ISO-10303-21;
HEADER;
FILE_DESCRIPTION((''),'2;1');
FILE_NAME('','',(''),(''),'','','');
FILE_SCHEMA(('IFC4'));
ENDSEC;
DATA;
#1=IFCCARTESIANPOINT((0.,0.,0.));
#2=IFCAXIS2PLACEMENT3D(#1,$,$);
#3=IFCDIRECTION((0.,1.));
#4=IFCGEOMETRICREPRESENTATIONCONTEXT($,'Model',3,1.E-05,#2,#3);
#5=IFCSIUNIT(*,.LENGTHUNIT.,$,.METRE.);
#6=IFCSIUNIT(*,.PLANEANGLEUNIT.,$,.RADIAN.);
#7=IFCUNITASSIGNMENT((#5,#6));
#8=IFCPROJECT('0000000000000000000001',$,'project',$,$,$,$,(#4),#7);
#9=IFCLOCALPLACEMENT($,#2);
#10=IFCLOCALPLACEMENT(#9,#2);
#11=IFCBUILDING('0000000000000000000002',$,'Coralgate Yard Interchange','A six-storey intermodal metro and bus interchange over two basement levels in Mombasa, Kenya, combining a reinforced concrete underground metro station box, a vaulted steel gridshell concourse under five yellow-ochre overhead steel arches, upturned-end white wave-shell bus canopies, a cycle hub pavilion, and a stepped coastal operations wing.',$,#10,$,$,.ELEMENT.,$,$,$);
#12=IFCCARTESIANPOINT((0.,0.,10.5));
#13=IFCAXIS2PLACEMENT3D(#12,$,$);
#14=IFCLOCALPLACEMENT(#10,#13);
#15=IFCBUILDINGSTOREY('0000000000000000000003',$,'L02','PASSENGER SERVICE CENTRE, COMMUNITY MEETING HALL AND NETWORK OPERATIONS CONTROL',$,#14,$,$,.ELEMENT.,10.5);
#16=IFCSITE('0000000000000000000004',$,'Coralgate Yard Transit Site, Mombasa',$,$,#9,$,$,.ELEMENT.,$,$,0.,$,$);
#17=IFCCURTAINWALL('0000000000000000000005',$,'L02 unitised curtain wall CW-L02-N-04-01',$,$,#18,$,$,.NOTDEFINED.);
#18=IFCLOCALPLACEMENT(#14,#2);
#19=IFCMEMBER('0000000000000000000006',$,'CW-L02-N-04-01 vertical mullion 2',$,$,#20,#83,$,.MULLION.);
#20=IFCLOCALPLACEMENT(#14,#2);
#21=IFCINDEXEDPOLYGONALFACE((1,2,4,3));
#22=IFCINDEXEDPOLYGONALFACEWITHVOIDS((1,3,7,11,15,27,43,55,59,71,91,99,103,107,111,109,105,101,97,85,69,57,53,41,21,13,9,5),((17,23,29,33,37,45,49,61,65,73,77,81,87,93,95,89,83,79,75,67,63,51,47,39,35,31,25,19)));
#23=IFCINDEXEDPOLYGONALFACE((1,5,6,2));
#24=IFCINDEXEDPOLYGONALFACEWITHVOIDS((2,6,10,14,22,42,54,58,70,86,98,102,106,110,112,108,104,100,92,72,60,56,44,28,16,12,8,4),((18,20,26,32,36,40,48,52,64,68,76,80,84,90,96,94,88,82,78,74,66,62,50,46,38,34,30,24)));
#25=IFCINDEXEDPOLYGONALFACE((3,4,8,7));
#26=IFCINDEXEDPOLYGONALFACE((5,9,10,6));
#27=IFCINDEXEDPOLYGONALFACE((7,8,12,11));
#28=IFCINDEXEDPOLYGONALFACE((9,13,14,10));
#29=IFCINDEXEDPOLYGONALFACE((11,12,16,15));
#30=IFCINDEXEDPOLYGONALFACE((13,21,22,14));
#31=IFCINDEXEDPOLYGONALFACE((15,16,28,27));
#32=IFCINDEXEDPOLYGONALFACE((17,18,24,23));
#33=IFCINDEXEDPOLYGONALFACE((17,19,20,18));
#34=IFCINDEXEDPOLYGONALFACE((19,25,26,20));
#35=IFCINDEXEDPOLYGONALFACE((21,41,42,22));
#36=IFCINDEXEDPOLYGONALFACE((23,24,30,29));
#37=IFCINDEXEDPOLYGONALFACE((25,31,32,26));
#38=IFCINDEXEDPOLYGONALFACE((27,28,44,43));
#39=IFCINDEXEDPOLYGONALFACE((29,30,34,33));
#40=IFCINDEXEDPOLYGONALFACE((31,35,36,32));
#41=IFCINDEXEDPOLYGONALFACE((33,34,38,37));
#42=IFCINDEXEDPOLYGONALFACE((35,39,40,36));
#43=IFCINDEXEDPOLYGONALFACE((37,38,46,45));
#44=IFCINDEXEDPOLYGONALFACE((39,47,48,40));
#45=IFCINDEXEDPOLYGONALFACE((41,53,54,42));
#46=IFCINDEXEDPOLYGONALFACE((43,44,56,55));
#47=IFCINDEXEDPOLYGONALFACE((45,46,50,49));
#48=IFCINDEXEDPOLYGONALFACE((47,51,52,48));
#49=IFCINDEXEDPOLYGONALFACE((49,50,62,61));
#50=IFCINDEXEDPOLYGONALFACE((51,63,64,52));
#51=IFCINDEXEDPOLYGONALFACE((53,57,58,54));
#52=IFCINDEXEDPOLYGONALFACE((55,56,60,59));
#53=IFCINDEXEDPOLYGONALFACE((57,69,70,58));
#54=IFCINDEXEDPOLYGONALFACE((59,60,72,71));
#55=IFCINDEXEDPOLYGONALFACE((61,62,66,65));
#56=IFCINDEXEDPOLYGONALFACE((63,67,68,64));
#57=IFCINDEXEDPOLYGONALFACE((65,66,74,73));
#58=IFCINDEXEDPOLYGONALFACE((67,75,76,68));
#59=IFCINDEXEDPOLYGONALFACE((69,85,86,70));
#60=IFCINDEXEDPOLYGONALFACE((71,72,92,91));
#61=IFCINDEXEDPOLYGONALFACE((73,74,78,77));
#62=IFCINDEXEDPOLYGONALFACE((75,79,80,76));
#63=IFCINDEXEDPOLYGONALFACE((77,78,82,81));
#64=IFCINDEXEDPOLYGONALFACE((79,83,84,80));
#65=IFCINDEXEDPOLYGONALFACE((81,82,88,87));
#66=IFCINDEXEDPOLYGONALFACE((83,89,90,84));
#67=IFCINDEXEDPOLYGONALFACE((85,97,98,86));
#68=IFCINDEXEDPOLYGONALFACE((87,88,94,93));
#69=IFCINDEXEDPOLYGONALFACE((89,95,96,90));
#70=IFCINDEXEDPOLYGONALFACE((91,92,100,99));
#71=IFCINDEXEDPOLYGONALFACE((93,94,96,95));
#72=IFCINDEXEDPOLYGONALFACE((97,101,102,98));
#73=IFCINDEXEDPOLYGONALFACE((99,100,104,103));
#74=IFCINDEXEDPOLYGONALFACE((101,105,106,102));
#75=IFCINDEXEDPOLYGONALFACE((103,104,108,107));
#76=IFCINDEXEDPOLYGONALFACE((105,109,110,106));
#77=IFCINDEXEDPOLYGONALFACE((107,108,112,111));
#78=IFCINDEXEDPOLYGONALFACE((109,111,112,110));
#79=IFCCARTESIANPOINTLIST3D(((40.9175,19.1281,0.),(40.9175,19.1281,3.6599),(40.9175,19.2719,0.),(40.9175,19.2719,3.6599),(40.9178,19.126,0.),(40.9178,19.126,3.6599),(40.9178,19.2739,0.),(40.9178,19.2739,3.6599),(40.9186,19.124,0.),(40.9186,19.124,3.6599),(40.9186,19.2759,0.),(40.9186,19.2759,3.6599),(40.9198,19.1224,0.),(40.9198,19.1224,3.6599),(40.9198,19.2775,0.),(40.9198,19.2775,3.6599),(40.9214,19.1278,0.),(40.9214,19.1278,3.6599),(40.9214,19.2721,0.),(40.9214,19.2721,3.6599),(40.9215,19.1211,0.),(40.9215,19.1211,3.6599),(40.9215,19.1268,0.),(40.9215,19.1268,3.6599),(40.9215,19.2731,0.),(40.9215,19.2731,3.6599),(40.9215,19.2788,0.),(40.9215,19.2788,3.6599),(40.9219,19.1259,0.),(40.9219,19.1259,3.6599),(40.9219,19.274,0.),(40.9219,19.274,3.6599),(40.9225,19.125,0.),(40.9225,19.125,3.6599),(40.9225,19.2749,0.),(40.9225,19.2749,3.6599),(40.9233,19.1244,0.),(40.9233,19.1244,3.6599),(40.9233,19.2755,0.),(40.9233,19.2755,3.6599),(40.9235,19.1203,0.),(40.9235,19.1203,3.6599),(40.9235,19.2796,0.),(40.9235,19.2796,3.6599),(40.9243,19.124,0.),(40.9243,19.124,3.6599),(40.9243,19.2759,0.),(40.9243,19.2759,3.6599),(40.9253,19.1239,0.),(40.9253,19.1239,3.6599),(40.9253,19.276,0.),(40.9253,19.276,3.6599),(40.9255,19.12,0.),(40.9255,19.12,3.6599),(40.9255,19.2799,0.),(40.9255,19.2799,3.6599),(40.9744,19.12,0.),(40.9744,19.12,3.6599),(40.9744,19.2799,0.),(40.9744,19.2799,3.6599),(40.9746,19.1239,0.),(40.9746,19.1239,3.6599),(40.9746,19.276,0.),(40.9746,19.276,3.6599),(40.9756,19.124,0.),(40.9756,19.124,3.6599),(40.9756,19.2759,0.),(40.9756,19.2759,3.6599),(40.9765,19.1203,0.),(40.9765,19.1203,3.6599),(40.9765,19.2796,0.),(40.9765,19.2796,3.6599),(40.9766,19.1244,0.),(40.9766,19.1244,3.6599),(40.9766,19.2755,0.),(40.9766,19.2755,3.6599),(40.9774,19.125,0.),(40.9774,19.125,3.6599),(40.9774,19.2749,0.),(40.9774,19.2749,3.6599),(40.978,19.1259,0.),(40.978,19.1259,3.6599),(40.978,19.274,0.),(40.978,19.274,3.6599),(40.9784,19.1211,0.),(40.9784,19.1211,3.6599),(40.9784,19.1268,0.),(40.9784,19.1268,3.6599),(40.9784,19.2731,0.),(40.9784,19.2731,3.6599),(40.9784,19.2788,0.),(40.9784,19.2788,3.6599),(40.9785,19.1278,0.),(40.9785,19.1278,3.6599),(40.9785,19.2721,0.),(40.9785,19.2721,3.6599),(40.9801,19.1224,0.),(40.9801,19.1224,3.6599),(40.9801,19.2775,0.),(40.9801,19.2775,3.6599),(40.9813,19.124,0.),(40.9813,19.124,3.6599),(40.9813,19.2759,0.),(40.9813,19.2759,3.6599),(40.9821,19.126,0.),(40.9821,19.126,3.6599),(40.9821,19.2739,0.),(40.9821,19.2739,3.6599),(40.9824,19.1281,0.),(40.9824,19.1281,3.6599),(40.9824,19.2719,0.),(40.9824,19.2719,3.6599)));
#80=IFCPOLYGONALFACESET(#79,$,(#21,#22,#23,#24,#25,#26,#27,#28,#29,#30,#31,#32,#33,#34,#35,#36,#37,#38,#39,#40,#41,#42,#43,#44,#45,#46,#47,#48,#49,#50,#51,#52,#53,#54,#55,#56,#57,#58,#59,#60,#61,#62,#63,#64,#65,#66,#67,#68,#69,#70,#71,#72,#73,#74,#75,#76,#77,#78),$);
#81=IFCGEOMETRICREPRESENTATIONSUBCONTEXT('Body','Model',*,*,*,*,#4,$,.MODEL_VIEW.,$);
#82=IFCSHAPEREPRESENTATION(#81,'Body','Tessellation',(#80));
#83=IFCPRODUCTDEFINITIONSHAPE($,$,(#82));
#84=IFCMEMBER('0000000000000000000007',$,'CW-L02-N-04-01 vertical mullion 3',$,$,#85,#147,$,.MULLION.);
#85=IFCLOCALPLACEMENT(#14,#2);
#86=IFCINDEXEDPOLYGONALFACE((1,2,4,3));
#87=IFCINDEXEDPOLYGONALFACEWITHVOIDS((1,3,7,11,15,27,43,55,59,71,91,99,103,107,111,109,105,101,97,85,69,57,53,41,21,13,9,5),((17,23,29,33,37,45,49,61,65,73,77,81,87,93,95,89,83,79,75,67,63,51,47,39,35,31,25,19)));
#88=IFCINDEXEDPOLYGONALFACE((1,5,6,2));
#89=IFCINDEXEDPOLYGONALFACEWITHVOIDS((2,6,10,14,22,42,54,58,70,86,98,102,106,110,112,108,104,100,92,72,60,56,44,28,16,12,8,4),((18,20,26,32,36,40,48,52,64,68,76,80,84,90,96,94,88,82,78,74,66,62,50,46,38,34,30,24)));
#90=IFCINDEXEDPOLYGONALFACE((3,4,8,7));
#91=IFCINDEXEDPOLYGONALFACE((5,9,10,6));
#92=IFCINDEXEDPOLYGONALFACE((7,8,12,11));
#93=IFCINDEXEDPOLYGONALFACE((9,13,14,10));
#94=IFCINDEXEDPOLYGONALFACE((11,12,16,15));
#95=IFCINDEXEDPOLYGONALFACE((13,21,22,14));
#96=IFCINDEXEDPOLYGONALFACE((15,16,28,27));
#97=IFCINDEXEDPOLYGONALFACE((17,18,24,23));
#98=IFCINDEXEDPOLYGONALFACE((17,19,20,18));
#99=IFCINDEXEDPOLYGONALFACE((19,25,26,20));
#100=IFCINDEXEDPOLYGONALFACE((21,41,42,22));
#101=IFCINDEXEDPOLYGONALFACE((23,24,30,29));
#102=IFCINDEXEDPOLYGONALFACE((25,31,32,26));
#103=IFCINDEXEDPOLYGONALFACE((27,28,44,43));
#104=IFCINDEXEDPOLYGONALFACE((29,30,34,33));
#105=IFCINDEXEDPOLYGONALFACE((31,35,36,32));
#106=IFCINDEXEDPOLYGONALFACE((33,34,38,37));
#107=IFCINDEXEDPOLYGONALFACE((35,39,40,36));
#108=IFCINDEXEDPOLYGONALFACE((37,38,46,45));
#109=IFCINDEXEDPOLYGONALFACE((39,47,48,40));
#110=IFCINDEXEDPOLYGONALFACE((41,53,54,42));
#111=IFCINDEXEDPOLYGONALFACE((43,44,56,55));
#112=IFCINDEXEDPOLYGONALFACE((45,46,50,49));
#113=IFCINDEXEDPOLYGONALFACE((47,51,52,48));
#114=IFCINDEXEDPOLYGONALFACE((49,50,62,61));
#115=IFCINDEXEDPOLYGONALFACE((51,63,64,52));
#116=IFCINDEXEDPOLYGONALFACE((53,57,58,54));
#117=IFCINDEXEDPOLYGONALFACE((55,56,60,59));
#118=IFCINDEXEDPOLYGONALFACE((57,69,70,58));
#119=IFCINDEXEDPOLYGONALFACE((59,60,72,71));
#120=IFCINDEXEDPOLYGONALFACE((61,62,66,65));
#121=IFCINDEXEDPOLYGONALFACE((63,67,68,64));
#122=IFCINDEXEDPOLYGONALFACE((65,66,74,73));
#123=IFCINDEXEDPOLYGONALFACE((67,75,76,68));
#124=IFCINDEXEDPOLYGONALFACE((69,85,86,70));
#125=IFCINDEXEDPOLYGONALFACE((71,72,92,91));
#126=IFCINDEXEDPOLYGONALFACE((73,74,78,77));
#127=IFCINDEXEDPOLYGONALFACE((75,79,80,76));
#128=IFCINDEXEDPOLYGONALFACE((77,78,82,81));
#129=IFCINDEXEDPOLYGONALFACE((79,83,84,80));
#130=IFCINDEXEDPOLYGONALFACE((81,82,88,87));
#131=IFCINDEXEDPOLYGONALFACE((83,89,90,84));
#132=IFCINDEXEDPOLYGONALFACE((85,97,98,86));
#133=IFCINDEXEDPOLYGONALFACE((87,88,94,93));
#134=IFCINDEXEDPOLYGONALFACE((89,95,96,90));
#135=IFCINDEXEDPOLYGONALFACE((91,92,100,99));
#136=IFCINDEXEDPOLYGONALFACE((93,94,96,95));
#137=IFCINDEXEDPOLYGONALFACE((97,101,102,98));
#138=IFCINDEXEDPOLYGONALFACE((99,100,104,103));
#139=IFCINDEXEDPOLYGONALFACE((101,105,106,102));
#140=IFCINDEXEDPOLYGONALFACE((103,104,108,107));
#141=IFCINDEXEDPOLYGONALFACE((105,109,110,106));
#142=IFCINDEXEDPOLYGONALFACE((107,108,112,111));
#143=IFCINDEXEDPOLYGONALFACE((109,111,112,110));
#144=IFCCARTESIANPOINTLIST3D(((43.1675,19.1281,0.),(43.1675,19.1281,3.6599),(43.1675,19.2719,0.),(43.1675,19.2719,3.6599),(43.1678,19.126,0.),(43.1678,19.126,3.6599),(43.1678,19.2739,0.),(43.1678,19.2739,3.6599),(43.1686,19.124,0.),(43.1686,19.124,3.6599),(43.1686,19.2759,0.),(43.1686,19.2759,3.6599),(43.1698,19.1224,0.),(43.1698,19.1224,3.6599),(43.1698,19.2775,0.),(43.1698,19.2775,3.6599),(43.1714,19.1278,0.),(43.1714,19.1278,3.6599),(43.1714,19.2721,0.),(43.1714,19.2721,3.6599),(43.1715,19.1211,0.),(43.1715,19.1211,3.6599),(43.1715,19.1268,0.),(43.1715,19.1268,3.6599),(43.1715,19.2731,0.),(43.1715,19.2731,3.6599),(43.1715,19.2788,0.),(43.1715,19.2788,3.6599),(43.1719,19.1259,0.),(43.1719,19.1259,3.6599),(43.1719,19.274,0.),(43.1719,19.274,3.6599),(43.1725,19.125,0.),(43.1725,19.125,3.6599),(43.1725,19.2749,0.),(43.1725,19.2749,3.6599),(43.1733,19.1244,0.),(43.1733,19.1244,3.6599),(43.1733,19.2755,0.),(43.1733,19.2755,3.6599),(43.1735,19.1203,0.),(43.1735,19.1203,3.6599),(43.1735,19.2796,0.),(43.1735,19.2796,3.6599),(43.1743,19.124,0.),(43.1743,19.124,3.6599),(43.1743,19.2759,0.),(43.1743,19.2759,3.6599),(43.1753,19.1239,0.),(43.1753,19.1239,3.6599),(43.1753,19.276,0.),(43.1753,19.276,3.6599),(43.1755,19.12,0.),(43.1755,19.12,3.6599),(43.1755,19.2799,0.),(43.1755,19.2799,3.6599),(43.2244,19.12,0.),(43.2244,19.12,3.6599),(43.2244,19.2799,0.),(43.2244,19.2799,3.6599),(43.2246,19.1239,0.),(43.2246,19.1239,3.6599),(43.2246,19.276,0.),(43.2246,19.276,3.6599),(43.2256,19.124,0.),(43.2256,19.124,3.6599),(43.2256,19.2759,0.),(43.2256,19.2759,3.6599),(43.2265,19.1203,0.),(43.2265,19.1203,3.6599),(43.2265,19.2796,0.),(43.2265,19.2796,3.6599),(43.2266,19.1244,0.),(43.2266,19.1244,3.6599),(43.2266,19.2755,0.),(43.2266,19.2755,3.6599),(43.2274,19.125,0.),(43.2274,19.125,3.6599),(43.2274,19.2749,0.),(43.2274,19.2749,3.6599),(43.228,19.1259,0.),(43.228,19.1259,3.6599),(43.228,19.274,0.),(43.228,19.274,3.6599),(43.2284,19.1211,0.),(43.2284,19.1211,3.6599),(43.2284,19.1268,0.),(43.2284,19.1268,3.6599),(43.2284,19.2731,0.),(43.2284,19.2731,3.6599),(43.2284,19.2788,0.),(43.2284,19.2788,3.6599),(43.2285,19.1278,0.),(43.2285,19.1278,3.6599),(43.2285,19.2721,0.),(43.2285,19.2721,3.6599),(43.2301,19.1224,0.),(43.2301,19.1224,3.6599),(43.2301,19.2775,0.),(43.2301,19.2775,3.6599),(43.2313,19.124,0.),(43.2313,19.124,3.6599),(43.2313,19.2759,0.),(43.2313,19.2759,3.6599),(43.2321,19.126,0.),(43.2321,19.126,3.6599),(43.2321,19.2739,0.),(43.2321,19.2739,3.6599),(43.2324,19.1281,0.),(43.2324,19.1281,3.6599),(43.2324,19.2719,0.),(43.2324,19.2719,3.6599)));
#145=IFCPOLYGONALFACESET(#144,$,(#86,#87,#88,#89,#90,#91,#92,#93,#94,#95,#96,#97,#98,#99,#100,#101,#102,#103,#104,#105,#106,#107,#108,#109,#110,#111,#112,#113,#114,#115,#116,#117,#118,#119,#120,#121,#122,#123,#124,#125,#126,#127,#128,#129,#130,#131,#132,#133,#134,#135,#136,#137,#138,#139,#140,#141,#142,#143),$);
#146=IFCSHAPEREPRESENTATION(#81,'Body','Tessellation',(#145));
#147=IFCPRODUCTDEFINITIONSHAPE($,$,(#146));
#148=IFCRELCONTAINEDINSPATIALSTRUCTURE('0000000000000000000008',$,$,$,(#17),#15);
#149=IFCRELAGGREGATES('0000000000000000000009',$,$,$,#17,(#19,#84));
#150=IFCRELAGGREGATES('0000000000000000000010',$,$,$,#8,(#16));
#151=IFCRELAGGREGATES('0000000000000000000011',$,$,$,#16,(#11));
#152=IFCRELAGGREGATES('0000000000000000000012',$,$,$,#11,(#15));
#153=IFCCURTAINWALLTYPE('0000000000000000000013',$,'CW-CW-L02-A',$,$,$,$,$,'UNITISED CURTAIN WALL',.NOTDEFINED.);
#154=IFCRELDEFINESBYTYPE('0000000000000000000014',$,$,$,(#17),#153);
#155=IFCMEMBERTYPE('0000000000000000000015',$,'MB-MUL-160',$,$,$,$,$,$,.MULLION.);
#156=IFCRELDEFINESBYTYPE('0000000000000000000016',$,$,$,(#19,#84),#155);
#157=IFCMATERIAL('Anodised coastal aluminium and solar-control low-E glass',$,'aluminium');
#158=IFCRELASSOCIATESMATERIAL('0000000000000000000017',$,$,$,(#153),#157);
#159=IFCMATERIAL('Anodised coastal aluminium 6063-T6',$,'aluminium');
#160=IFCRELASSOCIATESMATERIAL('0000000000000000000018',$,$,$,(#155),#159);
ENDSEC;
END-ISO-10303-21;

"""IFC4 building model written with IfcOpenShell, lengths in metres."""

from ifc_helpers import new_model, si_unit, direction, frame, origin, origin_2d, place, context, subcontext, project, spatial, hollow_rectangle, extrude, material, material_profile, profile_set, type_object, element, aggregate, save


model = new_model("IFC4")

# Units and contexts
model_context = context("Model", 3, precision=1e-05, world=origin(), true_north=direction((0.0, 1.0)))
body_context = subcontext(model_context, "Body", "Model", "MODEL_VIEW")
ifc_project = project(units=[si_unit("LENGTHUNIT", "METRE"), si_unit("PLANEANGLEUNIT", "RADIAN")], contexts=[model_context])

# Site, building, storey
site_placement = place(None, origin())
site = spatial("IfcSite", under=ifc_project, at=site_placement, Name="Coralgate Yard Transit Site, Mombasa", CompositionType="ELEMENT", RefElevation=0.0)
building_placement = place(site_placement, origin())
building = spatial("IfcBuilding", under=site, at=building_placement, Name="Coralgate Yard Interchange", Description="A six-storey intermodal metro and bus interchange over two basement levels in Mombasa, Kenya, combining a reinforced concrete underground metro station box, a vaulted steel gridshell concourse under five yellow-ochre overhead steel arches, upturned-end white wave-shell bus canopies, a cycle hub pavilion, and a stepped coastal operations wing.", CompositionType="ELEMENT")
storey_placement = place(building_placement, frame((0.0, 0.0, 10.5)))
storey = spatial("IfcBuildingStorey", under=building, at=storey_placement, Name="L02", Description="PASSENGER SERVICE CENTRE, COMMUNITY MEETING HALL AND NETWORK OPERATIONS CONTROL", CompositionType="ELEMENT", Elevation=10.5)

# Curtain wall, members
ifc_material_1 = material(Name="Anodised coastal aluminium and solar-control low-E glass", Category="aluminium")
curtain_wall_type = type_object("IfcCurtainWallType", Name="CW-CW-L02-A", ElementType="UNITISED CURTAIN WALL", PredefinedType="NOTDEFINED", material=ifc_material_1)
curtain_wall_placement = place(storey_placement, origin())
curtain_wall = element("IfcCurtainWall", 1, at=curtain_wall_placement, inside=storey, type_object=curtain_wall_type, Name="L02 unitised curtain wall CW-L02-N-04-01", PredefinedType="NOTDEFINED")
ifc_material_2 = material(Name="Anodised coastal aluminium 6063-T6", Category="aluminium")
ifc_material_profile_1 = material_profile(ifc_material_2, hollow_rectangle(XDim=0.0649, YDim=0.1599, WallThickness=0.0039, InnerFilletRadius=0.0039, OuterFilletRadius=0.0081, at=origin_2d()), Name="ALU 65x160x4")
ifc_profile_set_1 = profile_set([ifc_material_profile_1], Name="Anodised coastal aluminium 6063-T6")
member_type_1 = type_object("IfcMemberType", Name="MB-MUL-160", PredefinedType="MULLION", material=ifc_profile_set_1)
member_1_placement = place(storey_placement, frame((40.95, 19.2, 0.0), z_axis=(0.0, 0.0, 1.0), x_axis=(1.0, 0.0, 0.0)))
member_1 = element("IfcMember", 2, at=member_1_placement, type_object=member_type_1, Name="CW-L02-N-04-01 vertical mullion 2", PredefinedType="MULLION", context=body_context, shape_type="SweptSolid", body=[
    extrude(hollow_rectangle(XDim=0.0649, YDim=0.1599, WallThickness=0.0039, InnerFilletRadius=0.0039, OuterFilletRadius=0.0081, at=origin_2d()), origin(), (0.0, 0.0, 1.0), 3.6599),
])
member_2_placement = place(storey_placement, frame((43.2, 19.2, 0.0), z_axis=(0.0, 0.0, 1.0), x_axis=(1.0, 0.0, 0.0)))
member_2 = element("IfcMember", 3, at=member_2_placement, type_object=member_type_1, Name="CW-L02-N-04-01 vertical mullion 3", PredefinedType="MULLION", context=body_context, shape_type="SweptSolid", body=[
    extrude(hollow_rectangle(XDim=0.0649, YDim=0.1599, WallThickness=0.0039, InnerFilletRadius=0.0039, OuterFilletRadius=0.0081, at=origin_2d()), origin(), (0.0, 0.0, 1.0), 3.6599),
])
aggregate(curtain_wall, [member_1, member_2])

save(model, "model.ifc")
